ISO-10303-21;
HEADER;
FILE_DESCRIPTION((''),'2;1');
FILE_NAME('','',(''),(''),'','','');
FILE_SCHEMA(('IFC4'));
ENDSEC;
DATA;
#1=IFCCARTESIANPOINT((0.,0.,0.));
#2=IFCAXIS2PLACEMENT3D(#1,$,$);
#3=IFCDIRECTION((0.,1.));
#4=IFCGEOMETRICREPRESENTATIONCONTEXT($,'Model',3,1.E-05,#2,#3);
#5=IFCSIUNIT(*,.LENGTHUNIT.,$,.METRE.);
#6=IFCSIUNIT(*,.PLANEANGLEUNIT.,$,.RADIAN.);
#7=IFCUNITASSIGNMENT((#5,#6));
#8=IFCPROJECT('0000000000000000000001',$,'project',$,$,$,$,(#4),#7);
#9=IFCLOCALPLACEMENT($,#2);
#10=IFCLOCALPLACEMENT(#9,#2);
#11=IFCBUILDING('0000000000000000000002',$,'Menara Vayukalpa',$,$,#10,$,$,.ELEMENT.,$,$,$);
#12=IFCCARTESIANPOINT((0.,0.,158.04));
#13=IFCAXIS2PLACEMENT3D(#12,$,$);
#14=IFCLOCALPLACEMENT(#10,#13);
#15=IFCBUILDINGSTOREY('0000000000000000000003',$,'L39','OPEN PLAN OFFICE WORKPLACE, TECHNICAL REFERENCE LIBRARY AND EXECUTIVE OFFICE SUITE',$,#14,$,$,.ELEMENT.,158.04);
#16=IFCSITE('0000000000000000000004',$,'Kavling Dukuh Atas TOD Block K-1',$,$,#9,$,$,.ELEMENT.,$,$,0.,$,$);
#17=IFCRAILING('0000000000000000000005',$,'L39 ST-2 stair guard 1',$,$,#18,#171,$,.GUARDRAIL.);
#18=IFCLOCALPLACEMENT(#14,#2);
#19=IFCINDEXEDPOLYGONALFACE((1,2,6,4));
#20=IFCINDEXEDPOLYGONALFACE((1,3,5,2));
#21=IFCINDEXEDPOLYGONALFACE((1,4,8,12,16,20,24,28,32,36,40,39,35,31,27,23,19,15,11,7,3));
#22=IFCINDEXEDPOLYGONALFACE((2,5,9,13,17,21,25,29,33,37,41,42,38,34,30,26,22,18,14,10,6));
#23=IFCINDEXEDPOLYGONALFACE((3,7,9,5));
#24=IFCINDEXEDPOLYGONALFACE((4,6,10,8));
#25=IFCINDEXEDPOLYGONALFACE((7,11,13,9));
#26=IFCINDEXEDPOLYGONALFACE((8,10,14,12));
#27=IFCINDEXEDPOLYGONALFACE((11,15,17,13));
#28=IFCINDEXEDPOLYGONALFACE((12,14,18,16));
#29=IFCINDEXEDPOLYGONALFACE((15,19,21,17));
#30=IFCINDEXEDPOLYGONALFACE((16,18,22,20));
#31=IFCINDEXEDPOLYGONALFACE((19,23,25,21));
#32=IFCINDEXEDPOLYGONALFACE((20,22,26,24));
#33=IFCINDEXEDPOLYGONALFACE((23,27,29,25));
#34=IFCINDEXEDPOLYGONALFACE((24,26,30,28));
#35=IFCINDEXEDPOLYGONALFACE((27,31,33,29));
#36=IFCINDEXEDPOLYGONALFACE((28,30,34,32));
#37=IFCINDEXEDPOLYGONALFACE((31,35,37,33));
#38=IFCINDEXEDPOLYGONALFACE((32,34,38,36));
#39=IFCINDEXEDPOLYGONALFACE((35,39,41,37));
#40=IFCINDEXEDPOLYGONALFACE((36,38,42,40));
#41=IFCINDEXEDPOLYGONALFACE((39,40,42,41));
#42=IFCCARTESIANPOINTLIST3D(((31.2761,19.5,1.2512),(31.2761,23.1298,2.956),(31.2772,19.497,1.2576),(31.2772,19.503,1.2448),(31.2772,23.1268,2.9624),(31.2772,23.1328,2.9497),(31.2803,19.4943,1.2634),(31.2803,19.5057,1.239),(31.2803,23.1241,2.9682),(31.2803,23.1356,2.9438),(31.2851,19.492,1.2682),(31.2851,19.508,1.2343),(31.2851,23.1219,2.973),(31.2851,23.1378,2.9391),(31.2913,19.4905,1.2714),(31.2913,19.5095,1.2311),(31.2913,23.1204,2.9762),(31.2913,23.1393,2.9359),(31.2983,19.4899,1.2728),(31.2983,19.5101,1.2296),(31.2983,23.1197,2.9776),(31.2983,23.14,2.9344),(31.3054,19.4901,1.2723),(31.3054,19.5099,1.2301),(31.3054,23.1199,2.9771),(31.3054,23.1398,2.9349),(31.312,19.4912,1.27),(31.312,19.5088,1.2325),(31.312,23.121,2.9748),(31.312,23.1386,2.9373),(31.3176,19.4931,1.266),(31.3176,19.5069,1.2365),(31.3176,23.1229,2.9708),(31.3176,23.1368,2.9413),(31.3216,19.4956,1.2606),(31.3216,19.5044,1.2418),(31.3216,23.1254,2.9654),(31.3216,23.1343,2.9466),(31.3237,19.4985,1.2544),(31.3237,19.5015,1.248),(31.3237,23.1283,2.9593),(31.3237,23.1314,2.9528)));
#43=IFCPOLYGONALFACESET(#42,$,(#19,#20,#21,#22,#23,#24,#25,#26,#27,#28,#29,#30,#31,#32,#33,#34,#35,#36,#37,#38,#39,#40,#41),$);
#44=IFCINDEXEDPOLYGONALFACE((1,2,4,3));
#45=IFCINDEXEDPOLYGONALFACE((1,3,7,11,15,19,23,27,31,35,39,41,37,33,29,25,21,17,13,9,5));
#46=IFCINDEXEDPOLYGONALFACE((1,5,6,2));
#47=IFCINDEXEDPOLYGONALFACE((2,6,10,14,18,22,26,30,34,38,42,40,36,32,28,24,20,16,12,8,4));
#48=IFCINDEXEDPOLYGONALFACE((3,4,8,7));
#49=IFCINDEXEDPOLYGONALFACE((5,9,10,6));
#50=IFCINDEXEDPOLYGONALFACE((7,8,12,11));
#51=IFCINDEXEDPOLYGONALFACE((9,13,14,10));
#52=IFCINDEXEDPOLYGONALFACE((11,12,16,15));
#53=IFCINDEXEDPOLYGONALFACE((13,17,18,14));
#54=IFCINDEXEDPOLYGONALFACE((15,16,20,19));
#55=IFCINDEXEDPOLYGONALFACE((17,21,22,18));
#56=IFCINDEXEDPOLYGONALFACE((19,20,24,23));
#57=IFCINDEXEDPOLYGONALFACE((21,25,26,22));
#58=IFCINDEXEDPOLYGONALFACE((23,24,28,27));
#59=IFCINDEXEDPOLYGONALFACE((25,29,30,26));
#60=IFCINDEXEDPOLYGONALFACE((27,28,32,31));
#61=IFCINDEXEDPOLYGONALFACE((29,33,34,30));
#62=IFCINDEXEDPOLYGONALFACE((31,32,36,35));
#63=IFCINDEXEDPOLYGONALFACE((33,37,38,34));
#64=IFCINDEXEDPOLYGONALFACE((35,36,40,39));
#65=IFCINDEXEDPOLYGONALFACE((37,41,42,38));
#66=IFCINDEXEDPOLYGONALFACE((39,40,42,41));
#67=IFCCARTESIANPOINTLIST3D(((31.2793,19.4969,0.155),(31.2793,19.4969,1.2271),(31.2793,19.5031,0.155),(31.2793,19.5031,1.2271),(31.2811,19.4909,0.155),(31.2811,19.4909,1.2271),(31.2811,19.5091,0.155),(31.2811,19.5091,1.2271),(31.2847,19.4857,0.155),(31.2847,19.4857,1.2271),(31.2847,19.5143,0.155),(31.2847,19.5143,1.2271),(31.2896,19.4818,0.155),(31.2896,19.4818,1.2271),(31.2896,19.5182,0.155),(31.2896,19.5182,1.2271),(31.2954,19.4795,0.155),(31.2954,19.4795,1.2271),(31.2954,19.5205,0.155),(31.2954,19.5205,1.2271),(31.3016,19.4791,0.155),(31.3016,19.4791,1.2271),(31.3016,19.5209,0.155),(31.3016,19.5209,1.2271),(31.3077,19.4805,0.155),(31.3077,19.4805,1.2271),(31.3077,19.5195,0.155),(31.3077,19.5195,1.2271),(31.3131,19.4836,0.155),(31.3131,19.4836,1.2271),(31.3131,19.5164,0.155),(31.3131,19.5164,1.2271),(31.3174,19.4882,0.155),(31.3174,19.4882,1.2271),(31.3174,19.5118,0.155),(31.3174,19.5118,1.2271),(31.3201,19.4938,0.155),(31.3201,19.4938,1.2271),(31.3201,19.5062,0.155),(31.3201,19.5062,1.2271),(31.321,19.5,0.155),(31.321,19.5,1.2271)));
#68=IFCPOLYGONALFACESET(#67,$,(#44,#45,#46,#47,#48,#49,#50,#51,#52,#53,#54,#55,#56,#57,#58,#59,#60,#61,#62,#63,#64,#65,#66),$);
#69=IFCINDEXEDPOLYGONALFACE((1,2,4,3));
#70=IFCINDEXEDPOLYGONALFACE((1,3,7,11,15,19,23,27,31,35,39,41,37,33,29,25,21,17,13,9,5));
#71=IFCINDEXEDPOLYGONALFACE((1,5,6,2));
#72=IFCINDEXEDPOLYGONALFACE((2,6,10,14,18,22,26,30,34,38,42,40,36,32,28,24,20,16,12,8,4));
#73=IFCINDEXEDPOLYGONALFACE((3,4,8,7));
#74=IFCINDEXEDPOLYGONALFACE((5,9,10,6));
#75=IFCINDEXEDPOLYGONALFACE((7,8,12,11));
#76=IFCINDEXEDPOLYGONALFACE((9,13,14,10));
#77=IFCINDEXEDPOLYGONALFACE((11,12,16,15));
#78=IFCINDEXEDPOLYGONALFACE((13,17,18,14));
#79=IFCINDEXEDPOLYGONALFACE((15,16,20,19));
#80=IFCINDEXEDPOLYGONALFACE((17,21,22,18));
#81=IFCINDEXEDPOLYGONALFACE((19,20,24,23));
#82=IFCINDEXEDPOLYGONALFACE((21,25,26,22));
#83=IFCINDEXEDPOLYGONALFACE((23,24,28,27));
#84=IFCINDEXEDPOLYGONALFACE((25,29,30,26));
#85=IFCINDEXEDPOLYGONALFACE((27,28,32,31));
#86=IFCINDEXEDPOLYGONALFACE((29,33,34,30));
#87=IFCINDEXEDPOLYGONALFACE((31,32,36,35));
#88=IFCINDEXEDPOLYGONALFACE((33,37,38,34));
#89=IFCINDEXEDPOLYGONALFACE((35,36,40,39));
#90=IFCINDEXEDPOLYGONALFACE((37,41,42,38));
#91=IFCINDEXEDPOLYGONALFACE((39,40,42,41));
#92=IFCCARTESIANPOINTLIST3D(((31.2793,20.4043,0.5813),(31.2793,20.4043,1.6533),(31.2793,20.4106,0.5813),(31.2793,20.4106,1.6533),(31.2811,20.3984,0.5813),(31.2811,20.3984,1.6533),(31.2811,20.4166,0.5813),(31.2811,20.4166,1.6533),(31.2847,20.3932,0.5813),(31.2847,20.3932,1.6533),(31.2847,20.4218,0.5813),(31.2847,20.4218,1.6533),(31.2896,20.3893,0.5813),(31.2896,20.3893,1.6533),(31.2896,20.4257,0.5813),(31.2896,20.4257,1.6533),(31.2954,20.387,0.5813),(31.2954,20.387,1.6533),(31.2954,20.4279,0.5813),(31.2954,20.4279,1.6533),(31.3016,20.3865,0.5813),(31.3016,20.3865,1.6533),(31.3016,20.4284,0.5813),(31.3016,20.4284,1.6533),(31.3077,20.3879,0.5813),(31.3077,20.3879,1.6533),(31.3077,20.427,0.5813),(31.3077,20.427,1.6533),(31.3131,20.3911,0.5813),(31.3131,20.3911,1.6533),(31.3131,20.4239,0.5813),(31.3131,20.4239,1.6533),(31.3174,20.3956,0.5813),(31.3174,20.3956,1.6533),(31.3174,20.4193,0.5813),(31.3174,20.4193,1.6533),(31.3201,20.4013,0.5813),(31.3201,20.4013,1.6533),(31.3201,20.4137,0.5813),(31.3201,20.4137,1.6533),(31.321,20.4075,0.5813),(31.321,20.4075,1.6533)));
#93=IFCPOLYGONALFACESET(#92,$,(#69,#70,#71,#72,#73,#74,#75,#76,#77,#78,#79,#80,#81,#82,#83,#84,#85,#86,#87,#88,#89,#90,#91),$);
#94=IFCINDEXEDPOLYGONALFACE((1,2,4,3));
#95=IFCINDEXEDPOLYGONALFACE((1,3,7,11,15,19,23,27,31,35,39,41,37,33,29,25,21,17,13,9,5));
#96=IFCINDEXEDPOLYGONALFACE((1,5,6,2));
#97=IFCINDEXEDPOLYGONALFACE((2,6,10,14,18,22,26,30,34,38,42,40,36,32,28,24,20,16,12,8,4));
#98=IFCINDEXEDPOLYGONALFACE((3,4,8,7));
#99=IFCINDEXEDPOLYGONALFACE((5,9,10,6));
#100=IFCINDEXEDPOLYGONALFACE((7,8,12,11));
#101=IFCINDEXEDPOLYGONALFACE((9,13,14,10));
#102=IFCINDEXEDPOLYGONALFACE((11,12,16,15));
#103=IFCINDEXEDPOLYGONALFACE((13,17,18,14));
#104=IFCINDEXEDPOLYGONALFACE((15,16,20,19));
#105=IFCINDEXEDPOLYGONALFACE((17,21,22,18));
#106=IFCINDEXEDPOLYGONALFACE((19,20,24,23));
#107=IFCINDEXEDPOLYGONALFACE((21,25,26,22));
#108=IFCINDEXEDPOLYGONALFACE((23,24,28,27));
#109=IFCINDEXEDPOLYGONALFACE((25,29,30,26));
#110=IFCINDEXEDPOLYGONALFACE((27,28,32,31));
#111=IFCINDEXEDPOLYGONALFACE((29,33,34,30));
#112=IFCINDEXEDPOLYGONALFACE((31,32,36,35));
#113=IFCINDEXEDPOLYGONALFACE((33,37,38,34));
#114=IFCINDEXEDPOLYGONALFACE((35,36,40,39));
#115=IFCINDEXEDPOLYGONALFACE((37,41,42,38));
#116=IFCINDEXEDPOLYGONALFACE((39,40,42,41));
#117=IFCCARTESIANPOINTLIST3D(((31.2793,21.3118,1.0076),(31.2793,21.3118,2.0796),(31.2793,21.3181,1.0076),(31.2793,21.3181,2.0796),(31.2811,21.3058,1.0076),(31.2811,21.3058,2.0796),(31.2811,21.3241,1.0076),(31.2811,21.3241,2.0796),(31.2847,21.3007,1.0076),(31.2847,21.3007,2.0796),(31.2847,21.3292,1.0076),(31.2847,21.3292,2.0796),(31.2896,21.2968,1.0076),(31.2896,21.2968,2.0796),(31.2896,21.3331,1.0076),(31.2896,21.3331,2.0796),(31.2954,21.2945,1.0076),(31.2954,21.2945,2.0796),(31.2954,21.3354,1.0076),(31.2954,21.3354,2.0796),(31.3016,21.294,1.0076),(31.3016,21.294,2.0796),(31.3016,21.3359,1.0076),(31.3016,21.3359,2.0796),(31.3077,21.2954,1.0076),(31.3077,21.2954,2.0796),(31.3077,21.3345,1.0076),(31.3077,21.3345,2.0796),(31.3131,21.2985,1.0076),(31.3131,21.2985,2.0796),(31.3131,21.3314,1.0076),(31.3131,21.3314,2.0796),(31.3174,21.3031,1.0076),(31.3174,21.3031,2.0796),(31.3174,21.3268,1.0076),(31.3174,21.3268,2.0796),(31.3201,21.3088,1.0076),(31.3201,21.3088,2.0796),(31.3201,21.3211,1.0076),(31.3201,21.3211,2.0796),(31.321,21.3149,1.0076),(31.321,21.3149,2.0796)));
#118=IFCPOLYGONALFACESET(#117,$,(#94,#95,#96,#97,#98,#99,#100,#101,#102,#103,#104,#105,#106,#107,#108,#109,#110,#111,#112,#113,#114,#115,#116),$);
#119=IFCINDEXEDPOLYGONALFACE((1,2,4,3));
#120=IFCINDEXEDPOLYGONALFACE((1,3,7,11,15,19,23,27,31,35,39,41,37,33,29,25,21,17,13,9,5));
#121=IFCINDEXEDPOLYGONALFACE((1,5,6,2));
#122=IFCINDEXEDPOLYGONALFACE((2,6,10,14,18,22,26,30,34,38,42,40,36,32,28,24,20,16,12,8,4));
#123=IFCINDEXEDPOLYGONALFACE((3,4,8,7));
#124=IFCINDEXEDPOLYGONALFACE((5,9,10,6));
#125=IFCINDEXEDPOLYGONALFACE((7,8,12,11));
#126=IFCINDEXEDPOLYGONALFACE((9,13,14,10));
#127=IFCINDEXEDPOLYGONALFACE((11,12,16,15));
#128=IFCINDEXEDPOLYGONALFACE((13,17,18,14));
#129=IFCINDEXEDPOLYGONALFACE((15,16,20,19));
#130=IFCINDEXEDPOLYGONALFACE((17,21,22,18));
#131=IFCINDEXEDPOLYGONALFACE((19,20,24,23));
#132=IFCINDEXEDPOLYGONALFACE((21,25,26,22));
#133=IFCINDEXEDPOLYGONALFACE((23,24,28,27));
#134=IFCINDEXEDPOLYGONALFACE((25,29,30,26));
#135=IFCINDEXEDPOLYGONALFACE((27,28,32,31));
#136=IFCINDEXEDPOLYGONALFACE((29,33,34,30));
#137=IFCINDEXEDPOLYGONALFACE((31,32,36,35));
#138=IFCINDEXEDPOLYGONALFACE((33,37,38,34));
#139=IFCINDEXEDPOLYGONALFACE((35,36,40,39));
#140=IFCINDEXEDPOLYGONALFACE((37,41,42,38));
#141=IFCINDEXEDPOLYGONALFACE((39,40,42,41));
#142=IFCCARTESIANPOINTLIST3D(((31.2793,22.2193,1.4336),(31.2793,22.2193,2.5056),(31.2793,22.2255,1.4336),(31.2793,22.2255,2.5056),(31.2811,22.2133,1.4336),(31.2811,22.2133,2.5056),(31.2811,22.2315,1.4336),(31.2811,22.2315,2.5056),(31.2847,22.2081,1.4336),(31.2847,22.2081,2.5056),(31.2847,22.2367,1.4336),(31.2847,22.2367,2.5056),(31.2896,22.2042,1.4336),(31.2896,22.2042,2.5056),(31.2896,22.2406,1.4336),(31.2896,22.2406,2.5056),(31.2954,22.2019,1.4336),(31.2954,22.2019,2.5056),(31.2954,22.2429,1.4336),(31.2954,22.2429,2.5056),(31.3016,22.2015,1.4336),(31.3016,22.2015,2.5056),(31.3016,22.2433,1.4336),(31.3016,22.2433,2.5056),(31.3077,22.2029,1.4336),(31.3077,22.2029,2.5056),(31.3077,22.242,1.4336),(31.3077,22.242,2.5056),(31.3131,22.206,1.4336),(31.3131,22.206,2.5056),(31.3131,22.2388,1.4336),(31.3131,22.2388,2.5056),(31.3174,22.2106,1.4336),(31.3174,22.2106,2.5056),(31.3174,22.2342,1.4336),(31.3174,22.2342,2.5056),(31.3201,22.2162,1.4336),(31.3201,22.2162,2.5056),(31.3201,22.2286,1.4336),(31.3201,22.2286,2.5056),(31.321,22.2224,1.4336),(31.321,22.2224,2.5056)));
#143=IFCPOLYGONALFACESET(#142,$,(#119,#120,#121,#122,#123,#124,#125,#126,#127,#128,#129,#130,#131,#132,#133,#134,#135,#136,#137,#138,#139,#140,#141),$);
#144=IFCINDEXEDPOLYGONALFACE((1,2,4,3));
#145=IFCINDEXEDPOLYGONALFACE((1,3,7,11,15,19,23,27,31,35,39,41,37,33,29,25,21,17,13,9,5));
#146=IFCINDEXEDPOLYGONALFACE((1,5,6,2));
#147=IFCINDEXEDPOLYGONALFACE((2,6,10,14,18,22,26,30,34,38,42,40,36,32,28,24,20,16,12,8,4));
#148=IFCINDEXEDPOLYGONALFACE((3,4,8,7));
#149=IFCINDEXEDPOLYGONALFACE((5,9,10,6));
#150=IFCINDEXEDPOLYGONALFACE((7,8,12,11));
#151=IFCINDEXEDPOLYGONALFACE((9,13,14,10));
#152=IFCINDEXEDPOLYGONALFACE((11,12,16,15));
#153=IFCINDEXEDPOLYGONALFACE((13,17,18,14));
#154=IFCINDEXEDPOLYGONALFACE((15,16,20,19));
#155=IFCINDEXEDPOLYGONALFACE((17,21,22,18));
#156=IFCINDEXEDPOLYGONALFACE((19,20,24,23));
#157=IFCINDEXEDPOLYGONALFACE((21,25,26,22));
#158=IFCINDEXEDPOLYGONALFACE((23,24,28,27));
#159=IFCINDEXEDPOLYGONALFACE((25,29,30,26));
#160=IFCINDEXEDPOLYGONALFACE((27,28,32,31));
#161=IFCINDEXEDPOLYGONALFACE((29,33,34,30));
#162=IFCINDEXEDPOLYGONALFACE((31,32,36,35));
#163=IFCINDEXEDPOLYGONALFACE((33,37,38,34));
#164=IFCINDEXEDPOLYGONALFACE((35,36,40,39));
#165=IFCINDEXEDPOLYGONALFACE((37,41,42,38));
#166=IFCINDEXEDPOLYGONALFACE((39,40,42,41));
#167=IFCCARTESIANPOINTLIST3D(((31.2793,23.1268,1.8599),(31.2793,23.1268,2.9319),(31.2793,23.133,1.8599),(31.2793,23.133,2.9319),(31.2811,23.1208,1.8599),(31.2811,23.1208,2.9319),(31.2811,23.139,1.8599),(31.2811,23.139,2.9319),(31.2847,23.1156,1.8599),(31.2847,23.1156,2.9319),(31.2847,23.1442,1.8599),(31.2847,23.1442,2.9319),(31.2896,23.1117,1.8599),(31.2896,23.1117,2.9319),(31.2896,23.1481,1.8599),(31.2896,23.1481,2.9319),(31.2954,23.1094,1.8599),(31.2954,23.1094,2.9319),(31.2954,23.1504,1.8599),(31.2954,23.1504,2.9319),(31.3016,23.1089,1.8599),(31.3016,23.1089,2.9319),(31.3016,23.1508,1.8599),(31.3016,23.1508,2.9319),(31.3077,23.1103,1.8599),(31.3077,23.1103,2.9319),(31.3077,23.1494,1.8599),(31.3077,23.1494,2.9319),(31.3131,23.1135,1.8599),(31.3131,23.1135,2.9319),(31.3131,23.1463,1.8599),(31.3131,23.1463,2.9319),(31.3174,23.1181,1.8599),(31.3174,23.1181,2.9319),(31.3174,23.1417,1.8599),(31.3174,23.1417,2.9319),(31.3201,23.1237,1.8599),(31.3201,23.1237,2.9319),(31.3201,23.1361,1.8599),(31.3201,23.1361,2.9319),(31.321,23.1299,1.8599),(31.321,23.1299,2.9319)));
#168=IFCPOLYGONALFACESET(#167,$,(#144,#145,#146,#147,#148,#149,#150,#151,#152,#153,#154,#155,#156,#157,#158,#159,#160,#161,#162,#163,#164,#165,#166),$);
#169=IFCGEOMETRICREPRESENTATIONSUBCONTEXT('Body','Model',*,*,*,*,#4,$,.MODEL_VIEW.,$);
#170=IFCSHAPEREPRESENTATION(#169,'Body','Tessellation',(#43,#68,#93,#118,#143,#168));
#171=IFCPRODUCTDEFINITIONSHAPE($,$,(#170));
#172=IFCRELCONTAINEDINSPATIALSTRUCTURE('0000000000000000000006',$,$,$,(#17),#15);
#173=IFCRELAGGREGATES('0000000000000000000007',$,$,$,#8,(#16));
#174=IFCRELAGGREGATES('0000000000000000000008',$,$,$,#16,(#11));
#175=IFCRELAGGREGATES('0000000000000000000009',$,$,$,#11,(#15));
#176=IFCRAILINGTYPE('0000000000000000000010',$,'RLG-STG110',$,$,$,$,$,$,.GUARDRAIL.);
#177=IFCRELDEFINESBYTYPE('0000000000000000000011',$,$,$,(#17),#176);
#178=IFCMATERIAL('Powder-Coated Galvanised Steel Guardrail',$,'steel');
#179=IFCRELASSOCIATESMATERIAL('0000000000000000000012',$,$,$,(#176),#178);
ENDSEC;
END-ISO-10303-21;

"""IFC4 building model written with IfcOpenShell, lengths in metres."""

from ifc_helpers import new_model, si_unit, direction, frame, origin, origin_2d, place, context, subcontext, project, spatial, circle, extrude, material, type_object, element, save


model = new_model("IFC4")

# Units and contexts
model_context = context("Model", 3, precision=1e-05, world=origin(), true_north=direction((0.0, 1.0)))
body_context = subcontext(model_context, "Body", "Model", "MODEL_VIEW")
ifc_project = project(units=[si_unit("LENGTHUNIT", "METRE"), si_unit("PLANEANGLEUNIT", "RADIAN")], contexts=[model_context])

# Site, building, storey
site_placement = place(None, origin())
site = spatial("IfcSite", under=ifc_project, at=site_placement, Name="Kavling Dukuh Atas TOD Block K-1", CompositionType="ELEMENT", RefElevation=0.0)
building_placement = place(site_placement, origin())
building = spatial("IfcBuilding", under=site, at=building_placement, Name="Menara Vayukalpa", CompositionType="ELEMENT")
storey_placement = place(building_placement, frame((0.0, 0.0, 158.04)))
storey = spatial("IfcBuildingStorey", under=building, at=storey_placement, Name="L39", Description="OPEN PLAN OFFICE WORKPLACE, TECHNICAL REFERENCE LIBRARY AND EXECUTIVE OFFICE SUITE", CompositionType="ELEMENT", Elevation=158.04)

# Railing
ifc_material_1 = material(Name="Powder-Coated Galvanised Steel Guardrail", Category="steel")
railing_type = type_object("IfcRailingType", Name="RLG-STG110", PredefinedType="GUARDRAIL", material=ifc_material_1)
railing_1_placement = place(storey_placement, frame((31.3, 19.5, 0.155)))
element("IfcRailing", 1, at=railing_1_placement, inside=storey, type_object=railing_type, Name="L39 ST-2 stair guard 1", PredefinedType="GUARDRAIL", context=body_context, shape_type="SweptSolid", body=[
    extrude(circle(Radius=0.0239, at=origin_2d()), frame((0.0, 0.0, 1.0962), z_axis=(0.0, 0.90514, 0.425114), x_axis=(-1.0, 0.0, 0.0)), (0.0, 0.0, 1.0), 4.0103),
    extrude(circle(Radius=0.021, at=origin_2d()), origin(), (0.0, 0.0, 1.0), 1.072),
    extrude(circle(Radius=0.021, at=origin_2d()), frame((0.0, 0.9075, 0.4263)), (0.0, 0.0, 1.0), 1.072),
    extrude(circle(Radius=0.021, at=origin_2d()), frame((0.0, 1.8149, 0.8525)), (0.0, 0.0, 1.0), 1.072),
    extrude(circle(Radius=0.021, at=origin_2d()), frame((0.0, 2.7224, 1.2786)), (0.0, 0.0, 1.0), 1.072),
    extrude(circle(Radius=0.021, at=origin_2d()), frame((0.0, 3.6299, 1.7048)), (0.0, 0.0, 1.0), 1.072),
])

save(model, "model.ifc")
